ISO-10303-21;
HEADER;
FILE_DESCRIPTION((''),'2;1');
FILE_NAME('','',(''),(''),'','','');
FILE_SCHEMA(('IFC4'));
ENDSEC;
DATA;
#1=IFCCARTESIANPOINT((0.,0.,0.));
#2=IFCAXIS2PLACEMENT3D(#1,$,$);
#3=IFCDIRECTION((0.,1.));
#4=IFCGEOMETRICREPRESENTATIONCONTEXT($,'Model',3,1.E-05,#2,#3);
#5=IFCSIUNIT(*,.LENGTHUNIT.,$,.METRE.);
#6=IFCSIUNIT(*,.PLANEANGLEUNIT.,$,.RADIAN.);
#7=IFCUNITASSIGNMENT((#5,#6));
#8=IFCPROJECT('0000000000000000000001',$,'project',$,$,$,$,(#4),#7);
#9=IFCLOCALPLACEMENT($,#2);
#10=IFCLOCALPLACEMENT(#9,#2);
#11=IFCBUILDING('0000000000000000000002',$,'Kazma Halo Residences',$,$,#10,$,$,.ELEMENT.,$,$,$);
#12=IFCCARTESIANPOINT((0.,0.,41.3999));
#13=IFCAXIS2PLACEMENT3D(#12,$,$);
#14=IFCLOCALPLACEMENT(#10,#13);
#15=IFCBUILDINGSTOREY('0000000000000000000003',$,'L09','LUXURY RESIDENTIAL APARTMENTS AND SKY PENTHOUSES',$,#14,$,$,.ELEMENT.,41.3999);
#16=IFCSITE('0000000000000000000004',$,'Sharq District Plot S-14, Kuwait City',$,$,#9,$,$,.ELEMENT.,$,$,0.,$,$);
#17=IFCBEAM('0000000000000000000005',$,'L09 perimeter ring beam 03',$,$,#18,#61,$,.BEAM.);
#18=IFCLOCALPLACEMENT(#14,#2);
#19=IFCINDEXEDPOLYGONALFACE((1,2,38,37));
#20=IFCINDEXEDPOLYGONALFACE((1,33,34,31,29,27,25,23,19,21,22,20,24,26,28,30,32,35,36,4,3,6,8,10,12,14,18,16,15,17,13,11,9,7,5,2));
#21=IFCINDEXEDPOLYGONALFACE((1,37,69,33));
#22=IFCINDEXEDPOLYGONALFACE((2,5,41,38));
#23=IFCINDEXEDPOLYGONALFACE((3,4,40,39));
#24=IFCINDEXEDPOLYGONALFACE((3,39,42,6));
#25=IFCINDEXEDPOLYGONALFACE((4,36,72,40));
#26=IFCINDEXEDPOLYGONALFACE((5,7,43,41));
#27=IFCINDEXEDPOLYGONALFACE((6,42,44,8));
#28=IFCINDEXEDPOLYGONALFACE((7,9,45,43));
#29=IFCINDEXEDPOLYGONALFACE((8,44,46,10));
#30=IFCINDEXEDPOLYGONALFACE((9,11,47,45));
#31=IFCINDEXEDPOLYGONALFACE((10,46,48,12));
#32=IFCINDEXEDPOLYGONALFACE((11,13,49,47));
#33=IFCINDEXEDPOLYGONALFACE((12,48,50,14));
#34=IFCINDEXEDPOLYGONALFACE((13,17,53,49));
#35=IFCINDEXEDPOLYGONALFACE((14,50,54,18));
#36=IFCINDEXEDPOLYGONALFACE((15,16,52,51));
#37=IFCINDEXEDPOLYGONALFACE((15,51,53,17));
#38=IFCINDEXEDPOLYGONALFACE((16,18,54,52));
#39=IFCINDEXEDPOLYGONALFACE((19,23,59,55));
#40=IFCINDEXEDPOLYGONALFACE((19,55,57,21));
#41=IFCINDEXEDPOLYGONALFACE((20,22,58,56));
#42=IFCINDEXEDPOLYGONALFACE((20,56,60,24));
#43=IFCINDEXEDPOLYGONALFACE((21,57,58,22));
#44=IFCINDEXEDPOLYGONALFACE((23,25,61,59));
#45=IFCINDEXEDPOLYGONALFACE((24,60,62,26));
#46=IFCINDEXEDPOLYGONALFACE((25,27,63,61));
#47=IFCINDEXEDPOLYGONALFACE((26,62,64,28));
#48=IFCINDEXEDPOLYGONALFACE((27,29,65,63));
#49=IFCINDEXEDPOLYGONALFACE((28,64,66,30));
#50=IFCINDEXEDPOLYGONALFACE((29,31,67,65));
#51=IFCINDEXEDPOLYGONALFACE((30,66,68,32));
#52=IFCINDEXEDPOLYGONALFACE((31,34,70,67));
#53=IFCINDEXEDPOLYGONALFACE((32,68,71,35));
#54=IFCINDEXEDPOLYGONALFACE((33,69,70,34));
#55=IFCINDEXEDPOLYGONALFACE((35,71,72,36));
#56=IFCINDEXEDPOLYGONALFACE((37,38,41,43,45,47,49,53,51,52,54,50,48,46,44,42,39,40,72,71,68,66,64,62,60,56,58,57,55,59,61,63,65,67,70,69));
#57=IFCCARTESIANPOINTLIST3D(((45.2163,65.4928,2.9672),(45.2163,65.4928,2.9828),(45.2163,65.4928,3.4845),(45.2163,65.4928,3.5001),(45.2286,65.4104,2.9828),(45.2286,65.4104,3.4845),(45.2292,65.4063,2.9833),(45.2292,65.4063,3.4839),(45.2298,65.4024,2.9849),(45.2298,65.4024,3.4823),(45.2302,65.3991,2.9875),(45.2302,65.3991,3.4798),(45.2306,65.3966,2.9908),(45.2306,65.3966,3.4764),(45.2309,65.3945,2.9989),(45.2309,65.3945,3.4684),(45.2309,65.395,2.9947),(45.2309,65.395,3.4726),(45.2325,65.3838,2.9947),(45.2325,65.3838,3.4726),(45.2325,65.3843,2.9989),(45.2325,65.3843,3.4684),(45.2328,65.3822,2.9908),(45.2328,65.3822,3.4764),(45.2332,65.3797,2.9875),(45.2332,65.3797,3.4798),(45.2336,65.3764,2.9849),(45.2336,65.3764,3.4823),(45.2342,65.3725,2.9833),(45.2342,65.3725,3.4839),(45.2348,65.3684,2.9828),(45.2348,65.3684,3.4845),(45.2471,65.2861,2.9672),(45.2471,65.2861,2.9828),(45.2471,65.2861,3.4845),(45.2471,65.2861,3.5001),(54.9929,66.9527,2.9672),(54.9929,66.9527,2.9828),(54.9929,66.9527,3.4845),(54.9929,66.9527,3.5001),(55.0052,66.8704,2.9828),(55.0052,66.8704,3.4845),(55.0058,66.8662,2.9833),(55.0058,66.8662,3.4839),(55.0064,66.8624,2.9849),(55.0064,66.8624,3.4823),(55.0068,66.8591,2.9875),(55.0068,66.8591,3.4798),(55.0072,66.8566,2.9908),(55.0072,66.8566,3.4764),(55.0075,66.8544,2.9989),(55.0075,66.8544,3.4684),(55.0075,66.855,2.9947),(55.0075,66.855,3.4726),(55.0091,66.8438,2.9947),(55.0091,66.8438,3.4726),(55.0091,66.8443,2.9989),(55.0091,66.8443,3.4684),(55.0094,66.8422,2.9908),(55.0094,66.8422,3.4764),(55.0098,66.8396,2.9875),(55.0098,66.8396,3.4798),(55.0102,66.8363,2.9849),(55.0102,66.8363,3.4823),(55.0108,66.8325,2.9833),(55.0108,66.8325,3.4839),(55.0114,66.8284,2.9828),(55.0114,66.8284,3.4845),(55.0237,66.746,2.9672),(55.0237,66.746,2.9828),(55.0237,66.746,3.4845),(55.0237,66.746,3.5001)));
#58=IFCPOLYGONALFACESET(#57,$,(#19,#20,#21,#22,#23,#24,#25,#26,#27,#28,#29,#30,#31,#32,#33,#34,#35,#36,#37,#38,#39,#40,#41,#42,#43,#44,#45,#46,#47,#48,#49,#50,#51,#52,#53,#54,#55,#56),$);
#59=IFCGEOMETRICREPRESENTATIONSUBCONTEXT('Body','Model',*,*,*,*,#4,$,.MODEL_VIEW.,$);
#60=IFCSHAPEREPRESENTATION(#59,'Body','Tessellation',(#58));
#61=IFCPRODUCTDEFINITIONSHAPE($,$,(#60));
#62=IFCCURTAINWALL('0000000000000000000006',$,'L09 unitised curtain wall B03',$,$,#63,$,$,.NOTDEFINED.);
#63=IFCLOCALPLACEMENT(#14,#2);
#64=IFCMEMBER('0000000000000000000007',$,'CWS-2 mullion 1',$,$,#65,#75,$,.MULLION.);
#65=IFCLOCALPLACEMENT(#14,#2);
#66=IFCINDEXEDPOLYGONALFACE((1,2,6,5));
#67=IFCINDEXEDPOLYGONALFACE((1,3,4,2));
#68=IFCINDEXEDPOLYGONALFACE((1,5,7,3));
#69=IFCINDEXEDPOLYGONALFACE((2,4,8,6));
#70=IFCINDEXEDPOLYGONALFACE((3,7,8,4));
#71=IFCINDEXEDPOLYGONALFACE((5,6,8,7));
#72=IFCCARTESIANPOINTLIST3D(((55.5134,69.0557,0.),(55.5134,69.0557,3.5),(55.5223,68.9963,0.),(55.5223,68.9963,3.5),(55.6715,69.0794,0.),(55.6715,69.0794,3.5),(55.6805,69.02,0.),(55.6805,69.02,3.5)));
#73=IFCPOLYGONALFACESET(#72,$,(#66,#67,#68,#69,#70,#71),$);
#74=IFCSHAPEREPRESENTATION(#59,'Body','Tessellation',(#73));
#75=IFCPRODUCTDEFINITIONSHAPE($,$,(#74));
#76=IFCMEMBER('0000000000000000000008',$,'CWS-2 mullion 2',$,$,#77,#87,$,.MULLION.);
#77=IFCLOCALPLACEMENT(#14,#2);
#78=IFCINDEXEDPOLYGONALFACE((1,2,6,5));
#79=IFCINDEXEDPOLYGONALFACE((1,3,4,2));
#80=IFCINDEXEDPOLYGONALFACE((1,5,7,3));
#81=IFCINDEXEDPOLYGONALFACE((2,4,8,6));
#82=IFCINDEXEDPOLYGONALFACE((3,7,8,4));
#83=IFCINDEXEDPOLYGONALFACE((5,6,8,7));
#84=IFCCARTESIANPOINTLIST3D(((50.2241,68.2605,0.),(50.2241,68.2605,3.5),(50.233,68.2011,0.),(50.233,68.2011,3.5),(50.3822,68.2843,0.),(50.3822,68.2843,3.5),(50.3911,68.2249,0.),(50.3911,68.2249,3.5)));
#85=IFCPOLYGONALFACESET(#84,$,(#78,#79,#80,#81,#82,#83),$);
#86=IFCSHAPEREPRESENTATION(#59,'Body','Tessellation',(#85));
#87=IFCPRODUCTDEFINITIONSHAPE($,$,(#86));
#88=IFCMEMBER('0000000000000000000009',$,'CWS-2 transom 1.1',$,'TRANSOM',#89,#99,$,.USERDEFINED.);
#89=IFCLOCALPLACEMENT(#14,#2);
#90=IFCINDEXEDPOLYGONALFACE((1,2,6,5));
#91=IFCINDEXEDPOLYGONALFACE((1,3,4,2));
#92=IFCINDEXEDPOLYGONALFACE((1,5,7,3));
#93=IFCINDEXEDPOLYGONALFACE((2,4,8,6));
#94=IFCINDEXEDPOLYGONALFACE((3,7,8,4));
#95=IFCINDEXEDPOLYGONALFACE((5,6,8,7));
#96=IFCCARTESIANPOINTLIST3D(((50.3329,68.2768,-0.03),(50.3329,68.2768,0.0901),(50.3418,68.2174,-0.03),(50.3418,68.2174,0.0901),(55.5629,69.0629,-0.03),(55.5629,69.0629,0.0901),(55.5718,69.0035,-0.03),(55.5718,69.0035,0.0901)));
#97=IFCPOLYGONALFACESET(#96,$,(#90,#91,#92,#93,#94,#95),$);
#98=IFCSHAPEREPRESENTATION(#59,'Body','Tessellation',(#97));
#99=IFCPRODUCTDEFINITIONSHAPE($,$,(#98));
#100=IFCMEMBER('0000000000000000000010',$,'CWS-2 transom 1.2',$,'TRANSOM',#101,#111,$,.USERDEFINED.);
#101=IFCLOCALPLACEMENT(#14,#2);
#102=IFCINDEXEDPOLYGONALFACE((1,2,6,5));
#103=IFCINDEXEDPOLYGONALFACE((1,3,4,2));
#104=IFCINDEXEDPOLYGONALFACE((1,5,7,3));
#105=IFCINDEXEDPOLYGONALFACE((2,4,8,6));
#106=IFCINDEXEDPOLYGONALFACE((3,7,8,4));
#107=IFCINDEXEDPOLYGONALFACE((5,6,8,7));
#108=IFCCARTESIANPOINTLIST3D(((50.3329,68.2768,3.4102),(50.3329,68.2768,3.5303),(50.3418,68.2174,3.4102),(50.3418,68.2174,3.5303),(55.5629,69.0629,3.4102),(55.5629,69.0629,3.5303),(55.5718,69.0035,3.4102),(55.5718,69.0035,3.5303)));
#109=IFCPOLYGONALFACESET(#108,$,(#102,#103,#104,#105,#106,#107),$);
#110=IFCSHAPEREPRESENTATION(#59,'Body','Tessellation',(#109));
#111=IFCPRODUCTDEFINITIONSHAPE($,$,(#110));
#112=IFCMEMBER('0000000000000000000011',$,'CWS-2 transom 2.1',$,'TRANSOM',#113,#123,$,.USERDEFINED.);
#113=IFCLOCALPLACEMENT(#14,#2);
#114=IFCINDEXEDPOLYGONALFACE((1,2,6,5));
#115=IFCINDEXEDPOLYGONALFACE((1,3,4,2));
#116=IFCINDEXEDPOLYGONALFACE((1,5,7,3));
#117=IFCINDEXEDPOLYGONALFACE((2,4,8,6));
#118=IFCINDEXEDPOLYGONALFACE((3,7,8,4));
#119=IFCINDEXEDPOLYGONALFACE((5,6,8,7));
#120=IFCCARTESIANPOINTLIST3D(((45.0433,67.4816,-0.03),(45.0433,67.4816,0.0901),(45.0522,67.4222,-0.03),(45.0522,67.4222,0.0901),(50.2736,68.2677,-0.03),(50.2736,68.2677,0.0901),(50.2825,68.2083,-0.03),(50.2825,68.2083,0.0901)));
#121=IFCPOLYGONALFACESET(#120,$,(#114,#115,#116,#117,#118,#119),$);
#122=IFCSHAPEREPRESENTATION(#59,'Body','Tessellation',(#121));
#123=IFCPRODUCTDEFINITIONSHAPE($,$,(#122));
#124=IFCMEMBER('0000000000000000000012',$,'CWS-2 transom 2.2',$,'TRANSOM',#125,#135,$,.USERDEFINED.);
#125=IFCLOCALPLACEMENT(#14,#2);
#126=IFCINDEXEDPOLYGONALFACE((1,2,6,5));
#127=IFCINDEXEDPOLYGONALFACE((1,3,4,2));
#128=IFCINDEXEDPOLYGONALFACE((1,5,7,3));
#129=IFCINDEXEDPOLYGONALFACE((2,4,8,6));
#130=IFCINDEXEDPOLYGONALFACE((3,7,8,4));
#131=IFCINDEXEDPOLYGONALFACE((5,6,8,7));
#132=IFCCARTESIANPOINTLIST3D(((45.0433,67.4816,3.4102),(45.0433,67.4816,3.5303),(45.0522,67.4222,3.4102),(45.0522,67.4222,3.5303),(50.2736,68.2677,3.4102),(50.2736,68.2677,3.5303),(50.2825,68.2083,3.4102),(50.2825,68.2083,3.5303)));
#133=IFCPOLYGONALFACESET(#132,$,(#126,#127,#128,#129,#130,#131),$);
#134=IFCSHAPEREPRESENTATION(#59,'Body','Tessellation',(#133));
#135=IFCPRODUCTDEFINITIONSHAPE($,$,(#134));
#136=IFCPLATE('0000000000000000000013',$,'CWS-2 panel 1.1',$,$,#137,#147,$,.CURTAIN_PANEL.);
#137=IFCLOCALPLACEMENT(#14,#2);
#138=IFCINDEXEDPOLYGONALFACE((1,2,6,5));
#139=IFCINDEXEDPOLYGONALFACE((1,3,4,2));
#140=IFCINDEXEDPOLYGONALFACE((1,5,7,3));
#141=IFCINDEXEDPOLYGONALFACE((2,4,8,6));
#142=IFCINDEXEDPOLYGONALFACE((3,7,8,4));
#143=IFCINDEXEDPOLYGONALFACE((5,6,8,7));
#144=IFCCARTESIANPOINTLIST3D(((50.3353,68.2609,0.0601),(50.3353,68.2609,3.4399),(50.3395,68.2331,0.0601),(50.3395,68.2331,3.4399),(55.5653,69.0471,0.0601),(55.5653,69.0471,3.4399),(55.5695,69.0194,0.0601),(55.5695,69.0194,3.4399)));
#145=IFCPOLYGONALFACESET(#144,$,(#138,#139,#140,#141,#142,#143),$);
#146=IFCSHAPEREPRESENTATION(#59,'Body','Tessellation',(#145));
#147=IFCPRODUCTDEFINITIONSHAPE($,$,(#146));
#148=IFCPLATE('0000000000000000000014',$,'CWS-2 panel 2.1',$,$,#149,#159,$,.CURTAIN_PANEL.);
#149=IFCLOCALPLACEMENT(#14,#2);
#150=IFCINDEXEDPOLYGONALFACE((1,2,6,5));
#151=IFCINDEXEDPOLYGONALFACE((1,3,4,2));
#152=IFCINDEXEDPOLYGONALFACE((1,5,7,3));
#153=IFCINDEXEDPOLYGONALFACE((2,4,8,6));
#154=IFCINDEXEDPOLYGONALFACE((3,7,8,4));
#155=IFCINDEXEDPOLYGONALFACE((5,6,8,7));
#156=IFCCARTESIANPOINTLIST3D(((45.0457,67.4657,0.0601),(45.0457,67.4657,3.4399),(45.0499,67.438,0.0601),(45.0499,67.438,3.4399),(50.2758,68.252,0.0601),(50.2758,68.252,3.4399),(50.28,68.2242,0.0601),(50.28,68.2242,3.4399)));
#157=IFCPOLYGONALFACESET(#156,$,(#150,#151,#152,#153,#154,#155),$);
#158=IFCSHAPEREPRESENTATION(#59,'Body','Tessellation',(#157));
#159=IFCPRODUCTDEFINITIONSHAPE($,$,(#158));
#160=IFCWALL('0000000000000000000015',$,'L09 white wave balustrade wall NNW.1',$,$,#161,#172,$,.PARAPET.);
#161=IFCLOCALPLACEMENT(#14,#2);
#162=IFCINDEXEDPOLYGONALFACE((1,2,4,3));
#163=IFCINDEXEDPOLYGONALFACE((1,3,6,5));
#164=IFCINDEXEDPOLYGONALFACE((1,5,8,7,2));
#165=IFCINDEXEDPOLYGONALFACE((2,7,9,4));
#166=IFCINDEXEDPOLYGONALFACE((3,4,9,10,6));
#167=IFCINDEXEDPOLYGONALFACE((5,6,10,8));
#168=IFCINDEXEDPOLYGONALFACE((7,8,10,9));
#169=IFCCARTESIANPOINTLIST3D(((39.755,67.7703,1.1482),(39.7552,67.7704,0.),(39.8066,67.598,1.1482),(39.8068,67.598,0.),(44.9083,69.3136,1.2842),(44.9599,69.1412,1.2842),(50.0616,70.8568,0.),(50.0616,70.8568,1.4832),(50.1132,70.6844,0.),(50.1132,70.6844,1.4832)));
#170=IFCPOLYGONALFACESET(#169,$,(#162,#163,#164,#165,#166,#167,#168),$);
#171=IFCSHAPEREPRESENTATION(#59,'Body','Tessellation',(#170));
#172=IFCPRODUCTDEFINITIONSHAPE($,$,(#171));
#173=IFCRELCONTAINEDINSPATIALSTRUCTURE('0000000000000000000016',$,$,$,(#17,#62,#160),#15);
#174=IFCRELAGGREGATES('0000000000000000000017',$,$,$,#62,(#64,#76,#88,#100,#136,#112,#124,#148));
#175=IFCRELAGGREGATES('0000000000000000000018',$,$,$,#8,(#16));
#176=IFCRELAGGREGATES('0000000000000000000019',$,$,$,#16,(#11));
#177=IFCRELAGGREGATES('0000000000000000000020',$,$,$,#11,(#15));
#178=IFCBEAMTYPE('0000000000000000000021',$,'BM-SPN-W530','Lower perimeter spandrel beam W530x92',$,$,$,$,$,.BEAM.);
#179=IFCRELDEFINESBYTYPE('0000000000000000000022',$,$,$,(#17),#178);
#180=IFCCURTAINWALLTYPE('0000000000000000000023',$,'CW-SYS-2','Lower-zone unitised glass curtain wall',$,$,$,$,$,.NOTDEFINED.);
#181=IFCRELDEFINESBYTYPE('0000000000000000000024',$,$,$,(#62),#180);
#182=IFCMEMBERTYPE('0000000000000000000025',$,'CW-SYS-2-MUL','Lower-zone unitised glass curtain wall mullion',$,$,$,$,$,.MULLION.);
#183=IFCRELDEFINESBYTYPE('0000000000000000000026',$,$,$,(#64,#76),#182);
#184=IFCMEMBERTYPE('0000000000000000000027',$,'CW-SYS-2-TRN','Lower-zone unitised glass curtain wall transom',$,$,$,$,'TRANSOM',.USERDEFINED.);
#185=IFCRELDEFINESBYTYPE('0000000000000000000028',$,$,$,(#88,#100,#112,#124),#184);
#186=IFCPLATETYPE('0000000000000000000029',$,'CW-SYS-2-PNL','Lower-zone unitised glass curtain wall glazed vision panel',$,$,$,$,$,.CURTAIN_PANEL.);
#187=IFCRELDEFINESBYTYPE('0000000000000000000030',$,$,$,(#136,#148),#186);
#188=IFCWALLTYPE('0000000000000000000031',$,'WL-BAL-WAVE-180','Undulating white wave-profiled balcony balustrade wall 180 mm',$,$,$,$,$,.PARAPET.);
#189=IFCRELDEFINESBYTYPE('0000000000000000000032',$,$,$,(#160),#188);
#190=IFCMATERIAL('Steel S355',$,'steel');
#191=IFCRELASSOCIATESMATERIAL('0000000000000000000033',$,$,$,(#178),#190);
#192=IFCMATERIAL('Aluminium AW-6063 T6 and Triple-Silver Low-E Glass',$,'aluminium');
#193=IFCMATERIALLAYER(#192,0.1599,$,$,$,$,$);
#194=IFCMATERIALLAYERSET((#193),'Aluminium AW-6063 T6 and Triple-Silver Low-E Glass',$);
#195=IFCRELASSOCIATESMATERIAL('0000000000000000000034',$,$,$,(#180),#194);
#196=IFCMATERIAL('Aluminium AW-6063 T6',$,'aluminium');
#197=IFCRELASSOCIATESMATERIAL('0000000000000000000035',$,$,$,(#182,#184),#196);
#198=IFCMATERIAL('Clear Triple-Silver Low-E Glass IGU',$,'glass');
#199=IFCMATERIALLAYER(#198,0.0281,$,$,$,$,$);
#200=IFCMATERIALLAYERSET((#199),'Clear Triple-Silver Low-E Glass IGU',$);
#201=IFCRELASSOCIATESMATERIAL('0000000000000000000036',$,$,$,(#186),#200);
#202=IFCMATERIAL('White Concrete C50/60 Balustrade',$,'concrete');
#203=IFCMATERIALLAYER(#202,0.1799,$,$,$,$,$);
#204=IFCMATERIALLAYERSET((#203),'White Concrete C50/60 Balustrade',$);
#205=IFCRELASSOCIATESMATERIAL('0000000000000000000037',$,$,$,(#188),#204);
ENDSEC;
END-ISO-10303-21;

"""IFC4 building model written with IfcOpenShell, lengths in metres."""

from ifc_helpers import new_model, si_unit, direction, frame, origin, origin_2d, place, context, subcontext, project, spatial, polyline, rectangle, i_section, outline, extrude, material, layer, layer_set, material_profile, profile_set, type_object, element, aggregate, save


model = new_model("IFC4")

# Units and contexts
model_context = context("Model", 3, precision=1e-05, world=origin(), true_north=direction((0.0, 1.0)))
body_context = subcontext(model_context, "Body", "Model", "MODEL_VIEW")
ifc_project = project(units=[si_unit("LENGTHUNIT", "METRE"), si_unit("PLANEANGLEUNIT", "RADIAN")], contexts=[model_context])

# Site, building, storey
site_placement = place(None, origin())
site = spatial("IfcSite", under=ifc_project, at=site_placement, Name="Sharq District Plot S-14, Kuwait City", CompositionType="ELEMENT", RefElevation=0.0)
building_placement = place(site_placement, origin())
building = spatial("IfcBuilding", under=site, at=building_placement, Name="Kazma Halo Residences", CompositionType="ELEMENT")
storey_placement = place(building_placement, frame((0.0, 0.0, 41.3999)))
storey = spatial("IfcBuildingStorey", under=building, at=storey_placement, Name="L09", Description="LUXURY RESIDENTIAL APARTMENTS AND SKY PENTHOUSES", CompositionType="ELEMENT", Elevation=41.3999)

# Beam
ifc_material_1 = material(Name="Steel S355", Category="steel")
ifc_material_profile_1 = material_profile(ifc_material_1, i_section(OverallWidth=0.209, OverallDepth=0.533, WebThickness=0.0103, FlangeThickness=0.0156, FilletRadius=0.0161, at=origin_2d()), Name="W530x92")
ifc_profile_set_1 = profile_set([ifc_material_profile_1], Name="Steel S355")
beam_type_1 = type_object("IfcBeamType", Name="BM-SPN-W530", Description="Lower perimeter spandrel beam W530x92", PredefinedType="BEAM", material=ifc_profile_set_1)
beam_1_placement = place(storey_placement, frame((55.0083, 66.8494, 3.2336), z_axis=(-0.989033, -0.147694, 0.0), x_axis=(0.147694, -0.989033, 0.0)))
element("IfcBeam", 1, at=beam_1_placement, inside=storey, type_object=beam_type_1, Name="L09 perimeter ring beam 03", PredefinedType="BEAM", context=body_context, shape_type="SweptSolid", body=[
    extrude(i_section(OverallWidth=0.209, OverallDepth=0.533, WebThickness=0.0103, FlangeThickness=0.0156, FilletRadius=0.0161, at=origin_2d()), origin(), (0.0, 0.0, 1.0), 9.885),
])

# Curtain wall, members, plates
ifc_material_2 = material(Name="Aluminium AW-6063 T6 and Triple-Silver Low-E Glass", Category="aluminium")
ifc_layer_1 = layer(ifc_material_2, 0.1599)
ifc_layer_set_1 = layer_set([ifc_layer_1], Name="Aluminium AW-6063 T6 and Triple-Silver Low-E Glass")
curtain_wall_type = type_object("IfcCurtainWallType", Name="CW-SYS-2", Description="Lower-zone unitised glass curtain wall", PredefinedType="NOTDEFINED", material=ifc_layer_set_1)
curtain_wall_placement = place(storey_placement, origin())
curtain_wall = element("IfcCurtainWall", 2, at=curtain_wall_placement, inside=storey, type_object=curtain_wall_type, Name="L09 unitised curtain wall B03", PredefinedType="NOTDEFINED")
ifc_material_3 = material(Name="Aluminium AW-6063 T6", Category="aluminium")
ifc_material_profile_2 = material_profile(ifc_material_3, rectangle(XDim=0.0601, YDim=0.1599, at=origin_2d()), Name="CWM-60x160")
ifc_profile_set_2 = profile_set([ifc_material_profile_2], Name="Aluminium AW-6063 T6")
member_type_1 = type_object("IfcMemberType", Name="CW-SYS-2-MUL", Description="Lower-zone unitised glass curtain wall mullion", PredefinedType="MULLION", material=ifc_profile_set_2)
member_1_placement = place(storey_placement, frame((55.5969, 69.0378, 0.0), z_axis=(0.0, 0.0, 1.0), x_axis=(0.148657, -0.988889, 0.0)))
member_1 = element("IfcMember", 3, at=member_1_placement, type_object=member_type_1, Name="CWS-2 mullion 1", PredefinedType="MULLION", context=body_context, shape_type="SweptSolid", body=[
    extrude(rectangle(XDim=0.0601, YDim=0.1599, at=origin_2d()), origin(), (0.0, 0.0, 1.0), 3.5),
])
member_2_placement = place(storey_placement, frame((50.3076, 68.2427, 0.0), z_axis=(0.0, 0.0, 1.0), x_axis=(0.148657, -0.988889, 0.0)))
member_2 = element("IfcMember", 4, at=member_2_placement, type_object=member_type_1, Name="CWS-2 mullion 2", PredefinedType="MULLION", context=body_context, shape_type="SweptSolid", body=[
    extrude(rectangle(XDim=0.0601, YDim=0.1599, at=origin_2d()), origin(), (0.0, 0.0, 1.0), 3.5),
])
ifc_material_profile_3 = material_profile(ifc_material_3, rectangle(XDim=0.0601, YDim=0.1201, at=origin_2d()), Name="CWT-60x120")
ifc_profile_set_3 = profile_set([ifc_material_profile_3], Name="Aluminium AW-6063 T6")
member_type_2 = type_object("IfcMemberType", Name="CW-SYS-2-TRN", Description="Lower-zone unitised glass curtain wall transom", ElementType="TRANSOM", PredefinedType="USERDEFINED", material=ifc_profile_set_3)
member_3_placement = place(storey_placement, frame((55.5674, 69.0332, 0.03), z_axis=(-0.988891, -0.148643, 0.0), x_axis=(0.148643, -0.988891, 0.0)))
member_3 = element("IfcMember", 5, at=member_3_placement, type_object=member_type_2, Name="CWS-2 transom 1.1", ObjectType="TRANSOM", PredefinedType="USERDEFINED", context=body_context, shape_type="SweptSolid", body=[
    extrude(rectangle(XDim=0.0601, YDim=0.1201, at=origin_2d()), origin(), (0.0, 0.0, 1.0), 5.2888),
])
member_4_placement = place(storey_placement, frame((55.5674, 69.0332, 3.4702), z_axis=(-0.988891, -0.148643, 0.0), x_axis=(0.148643, -0.988891, 0.0)))
member_4 = element("IfcMember", 6, at=member_4_placement, type_object=member_type_2, Name="CWS-2 transom 1.2", ObjectType="TRANSOM", PredefinedType="USERDEFINED", context=body_context, shape_type="SweptSolid", body=[
    extrude(rectangle(XDim=0.0601, YDim=0.1201, at=origin_2d()), origin(), (0.0, 0.0, 1.0), 5.2888),
])
member_5_placement = place(storey_placement, frame((50.2781, 68.238, 0.03), z_axis=(-0.988892, -0.148636, 0.0), x_axis=(0.148636, -0.988892, 0.0)))
member_5 = element("IfcMember", 7, at=member_5_placement, type_object=member_type_2, Name="CWS-2 transom 2.1", ObjectType="TRANSOM", PredefinedType="USERDEFINED", context=body_context, shape_type="SweptSolid", body=[
    extrude(rectangle(XDim=0.0601, YDim=0.1201, at=origin_2d()), origin(), (0.0, 0.0, 1.0), 5.2891),
])
member_6_placement = place(storey_placement, frame((50.2781, 68.238, 3.4702), z_axis=(-0.988892, -0.148636, 0.0), x_axis=(0.148636, -0.988892, 0.0)))
member_6 = element("IfcMember", 8, at=member_6_placement, type_object=member_type_2, Name="CWS-2 transom 2.2", ObjectType="TRANSOM", PredefinedType="USERDEFINED", context=body_context, shape_type="SweptSolid", body=[
    extrude(rectangle(XDim=0.0601, YDim=0.1201, at=origin_2d()), origin(), (0.0, 0.0, 1.0), 5.2891),
])
ifc_material_4 = material(Name="Clear Triple-Silver Low-E Glass IGU", Category="glass")
ifc_layer_2 = layer(ifc_material_4, 0.0281)
ifc_layer_set_2 = layer_set([ifc_layer_2], Name="Clear Triple-Silver Low-E Glass IGU")
plate_type = type_object("IfcPlateType", Name="CW-SYS-2-PNL", Description="Lower-zone unitised glass curtain wall glazed vision panel", PredefinedType="CURTAIN_PANEL", material=ifc_layer_set_2)
plate_1_placement = place(storey_placement, frame((52.9524, 68.6401, 0.0601), z_axis=(0.0, 0.0, 1.0), x_axis=(-0.988889, -0.148657, 0.0)))
plate_1 = element("IfcPlate", 9, at=plate_1_placement, type_object=plate_type, Name="CWS-2 panel 1.1", PredefinedType="CURTAIN_PANEL", context=body_context, shape_type="SweptSolid", body=[
    extrude(rectangle(XDim=5.2888, YDim=0.0281, at=origin_2d()), origin(), (0.0, 0.0, 1.0), 3.3799),
])
plate_2_placement = place(storey_placement, frame((47.6628, 67.845, 0.0601), z_axis=(0.0, 0.0, 1.0), x_axis=(-0.988889, -0.148657, 0.0)))
plate_2 = element("IfcPlate", 10, at=plate_2_placement, type_object=plate_type, Name="CWS-2 panel 2.1", PredefinedType="CURTAIN_PANEL", context=body_context, shape_type="SweptSolid", body=[
    extrude(rectangle(XDim=5.2888, YDim=0.0281, at=origin_2d()), origin(), (0.0, 0.0, 1.0), 3.3799),
])
aggregate(curtain_wall, [member_1, member_2, member_3, member_4, plate_1, member_5, member_6, plate_2])

# Wall
ifc_material_5 = material(Name="White Concrete C50/60 Balustrade", Category="concrete")
ifc_layer_3 = layer(ifc_material_5, 0.1799)
ifc_layer_set_3 = layer_set([ifc_layer_3], Name="White Concrete C50/60 Balustrade")
wall_type_1 = type_object("IfcWallType", Name="WL-BAL-WAVE-180", Description="Undulating white wave-profiled balcony balustrade wall 180 mm", PredefinedType="PARAPET", material=ifc_layer_set_3)
wall_1_placement = place(storey_placement, frame((50.0874, 70.7705, 0.0), z_axis=(0.0, 0.0, 1.0), x_axis=(-0.957967, -0.286879, 0.0)))
element("IfcWall", 11, at=wall_1_placement, inside=storey, type_object=wall_type_1, Name="L09 white wave balustrade wall NNW.1", PredefinedType="PARAPET", context=body_context, shape_type="SweptSolid", body=[
    extrude(outline(polyline([(0.0, 0.0), (10.7585, 0.0), (10.7588, 1.1482), (5.3794, 1.2842), (0.0, 1.4832), (0.0, 0.0)])), frame((0.0, 0.0898, 0.0), z_axis=(0.0, -1.0, 0.0), x_axis=(1.0, 0.0, 0.0)), (0.0, 0.0, 1.0), 0.1799),
])

save(model, "model.ifc")
